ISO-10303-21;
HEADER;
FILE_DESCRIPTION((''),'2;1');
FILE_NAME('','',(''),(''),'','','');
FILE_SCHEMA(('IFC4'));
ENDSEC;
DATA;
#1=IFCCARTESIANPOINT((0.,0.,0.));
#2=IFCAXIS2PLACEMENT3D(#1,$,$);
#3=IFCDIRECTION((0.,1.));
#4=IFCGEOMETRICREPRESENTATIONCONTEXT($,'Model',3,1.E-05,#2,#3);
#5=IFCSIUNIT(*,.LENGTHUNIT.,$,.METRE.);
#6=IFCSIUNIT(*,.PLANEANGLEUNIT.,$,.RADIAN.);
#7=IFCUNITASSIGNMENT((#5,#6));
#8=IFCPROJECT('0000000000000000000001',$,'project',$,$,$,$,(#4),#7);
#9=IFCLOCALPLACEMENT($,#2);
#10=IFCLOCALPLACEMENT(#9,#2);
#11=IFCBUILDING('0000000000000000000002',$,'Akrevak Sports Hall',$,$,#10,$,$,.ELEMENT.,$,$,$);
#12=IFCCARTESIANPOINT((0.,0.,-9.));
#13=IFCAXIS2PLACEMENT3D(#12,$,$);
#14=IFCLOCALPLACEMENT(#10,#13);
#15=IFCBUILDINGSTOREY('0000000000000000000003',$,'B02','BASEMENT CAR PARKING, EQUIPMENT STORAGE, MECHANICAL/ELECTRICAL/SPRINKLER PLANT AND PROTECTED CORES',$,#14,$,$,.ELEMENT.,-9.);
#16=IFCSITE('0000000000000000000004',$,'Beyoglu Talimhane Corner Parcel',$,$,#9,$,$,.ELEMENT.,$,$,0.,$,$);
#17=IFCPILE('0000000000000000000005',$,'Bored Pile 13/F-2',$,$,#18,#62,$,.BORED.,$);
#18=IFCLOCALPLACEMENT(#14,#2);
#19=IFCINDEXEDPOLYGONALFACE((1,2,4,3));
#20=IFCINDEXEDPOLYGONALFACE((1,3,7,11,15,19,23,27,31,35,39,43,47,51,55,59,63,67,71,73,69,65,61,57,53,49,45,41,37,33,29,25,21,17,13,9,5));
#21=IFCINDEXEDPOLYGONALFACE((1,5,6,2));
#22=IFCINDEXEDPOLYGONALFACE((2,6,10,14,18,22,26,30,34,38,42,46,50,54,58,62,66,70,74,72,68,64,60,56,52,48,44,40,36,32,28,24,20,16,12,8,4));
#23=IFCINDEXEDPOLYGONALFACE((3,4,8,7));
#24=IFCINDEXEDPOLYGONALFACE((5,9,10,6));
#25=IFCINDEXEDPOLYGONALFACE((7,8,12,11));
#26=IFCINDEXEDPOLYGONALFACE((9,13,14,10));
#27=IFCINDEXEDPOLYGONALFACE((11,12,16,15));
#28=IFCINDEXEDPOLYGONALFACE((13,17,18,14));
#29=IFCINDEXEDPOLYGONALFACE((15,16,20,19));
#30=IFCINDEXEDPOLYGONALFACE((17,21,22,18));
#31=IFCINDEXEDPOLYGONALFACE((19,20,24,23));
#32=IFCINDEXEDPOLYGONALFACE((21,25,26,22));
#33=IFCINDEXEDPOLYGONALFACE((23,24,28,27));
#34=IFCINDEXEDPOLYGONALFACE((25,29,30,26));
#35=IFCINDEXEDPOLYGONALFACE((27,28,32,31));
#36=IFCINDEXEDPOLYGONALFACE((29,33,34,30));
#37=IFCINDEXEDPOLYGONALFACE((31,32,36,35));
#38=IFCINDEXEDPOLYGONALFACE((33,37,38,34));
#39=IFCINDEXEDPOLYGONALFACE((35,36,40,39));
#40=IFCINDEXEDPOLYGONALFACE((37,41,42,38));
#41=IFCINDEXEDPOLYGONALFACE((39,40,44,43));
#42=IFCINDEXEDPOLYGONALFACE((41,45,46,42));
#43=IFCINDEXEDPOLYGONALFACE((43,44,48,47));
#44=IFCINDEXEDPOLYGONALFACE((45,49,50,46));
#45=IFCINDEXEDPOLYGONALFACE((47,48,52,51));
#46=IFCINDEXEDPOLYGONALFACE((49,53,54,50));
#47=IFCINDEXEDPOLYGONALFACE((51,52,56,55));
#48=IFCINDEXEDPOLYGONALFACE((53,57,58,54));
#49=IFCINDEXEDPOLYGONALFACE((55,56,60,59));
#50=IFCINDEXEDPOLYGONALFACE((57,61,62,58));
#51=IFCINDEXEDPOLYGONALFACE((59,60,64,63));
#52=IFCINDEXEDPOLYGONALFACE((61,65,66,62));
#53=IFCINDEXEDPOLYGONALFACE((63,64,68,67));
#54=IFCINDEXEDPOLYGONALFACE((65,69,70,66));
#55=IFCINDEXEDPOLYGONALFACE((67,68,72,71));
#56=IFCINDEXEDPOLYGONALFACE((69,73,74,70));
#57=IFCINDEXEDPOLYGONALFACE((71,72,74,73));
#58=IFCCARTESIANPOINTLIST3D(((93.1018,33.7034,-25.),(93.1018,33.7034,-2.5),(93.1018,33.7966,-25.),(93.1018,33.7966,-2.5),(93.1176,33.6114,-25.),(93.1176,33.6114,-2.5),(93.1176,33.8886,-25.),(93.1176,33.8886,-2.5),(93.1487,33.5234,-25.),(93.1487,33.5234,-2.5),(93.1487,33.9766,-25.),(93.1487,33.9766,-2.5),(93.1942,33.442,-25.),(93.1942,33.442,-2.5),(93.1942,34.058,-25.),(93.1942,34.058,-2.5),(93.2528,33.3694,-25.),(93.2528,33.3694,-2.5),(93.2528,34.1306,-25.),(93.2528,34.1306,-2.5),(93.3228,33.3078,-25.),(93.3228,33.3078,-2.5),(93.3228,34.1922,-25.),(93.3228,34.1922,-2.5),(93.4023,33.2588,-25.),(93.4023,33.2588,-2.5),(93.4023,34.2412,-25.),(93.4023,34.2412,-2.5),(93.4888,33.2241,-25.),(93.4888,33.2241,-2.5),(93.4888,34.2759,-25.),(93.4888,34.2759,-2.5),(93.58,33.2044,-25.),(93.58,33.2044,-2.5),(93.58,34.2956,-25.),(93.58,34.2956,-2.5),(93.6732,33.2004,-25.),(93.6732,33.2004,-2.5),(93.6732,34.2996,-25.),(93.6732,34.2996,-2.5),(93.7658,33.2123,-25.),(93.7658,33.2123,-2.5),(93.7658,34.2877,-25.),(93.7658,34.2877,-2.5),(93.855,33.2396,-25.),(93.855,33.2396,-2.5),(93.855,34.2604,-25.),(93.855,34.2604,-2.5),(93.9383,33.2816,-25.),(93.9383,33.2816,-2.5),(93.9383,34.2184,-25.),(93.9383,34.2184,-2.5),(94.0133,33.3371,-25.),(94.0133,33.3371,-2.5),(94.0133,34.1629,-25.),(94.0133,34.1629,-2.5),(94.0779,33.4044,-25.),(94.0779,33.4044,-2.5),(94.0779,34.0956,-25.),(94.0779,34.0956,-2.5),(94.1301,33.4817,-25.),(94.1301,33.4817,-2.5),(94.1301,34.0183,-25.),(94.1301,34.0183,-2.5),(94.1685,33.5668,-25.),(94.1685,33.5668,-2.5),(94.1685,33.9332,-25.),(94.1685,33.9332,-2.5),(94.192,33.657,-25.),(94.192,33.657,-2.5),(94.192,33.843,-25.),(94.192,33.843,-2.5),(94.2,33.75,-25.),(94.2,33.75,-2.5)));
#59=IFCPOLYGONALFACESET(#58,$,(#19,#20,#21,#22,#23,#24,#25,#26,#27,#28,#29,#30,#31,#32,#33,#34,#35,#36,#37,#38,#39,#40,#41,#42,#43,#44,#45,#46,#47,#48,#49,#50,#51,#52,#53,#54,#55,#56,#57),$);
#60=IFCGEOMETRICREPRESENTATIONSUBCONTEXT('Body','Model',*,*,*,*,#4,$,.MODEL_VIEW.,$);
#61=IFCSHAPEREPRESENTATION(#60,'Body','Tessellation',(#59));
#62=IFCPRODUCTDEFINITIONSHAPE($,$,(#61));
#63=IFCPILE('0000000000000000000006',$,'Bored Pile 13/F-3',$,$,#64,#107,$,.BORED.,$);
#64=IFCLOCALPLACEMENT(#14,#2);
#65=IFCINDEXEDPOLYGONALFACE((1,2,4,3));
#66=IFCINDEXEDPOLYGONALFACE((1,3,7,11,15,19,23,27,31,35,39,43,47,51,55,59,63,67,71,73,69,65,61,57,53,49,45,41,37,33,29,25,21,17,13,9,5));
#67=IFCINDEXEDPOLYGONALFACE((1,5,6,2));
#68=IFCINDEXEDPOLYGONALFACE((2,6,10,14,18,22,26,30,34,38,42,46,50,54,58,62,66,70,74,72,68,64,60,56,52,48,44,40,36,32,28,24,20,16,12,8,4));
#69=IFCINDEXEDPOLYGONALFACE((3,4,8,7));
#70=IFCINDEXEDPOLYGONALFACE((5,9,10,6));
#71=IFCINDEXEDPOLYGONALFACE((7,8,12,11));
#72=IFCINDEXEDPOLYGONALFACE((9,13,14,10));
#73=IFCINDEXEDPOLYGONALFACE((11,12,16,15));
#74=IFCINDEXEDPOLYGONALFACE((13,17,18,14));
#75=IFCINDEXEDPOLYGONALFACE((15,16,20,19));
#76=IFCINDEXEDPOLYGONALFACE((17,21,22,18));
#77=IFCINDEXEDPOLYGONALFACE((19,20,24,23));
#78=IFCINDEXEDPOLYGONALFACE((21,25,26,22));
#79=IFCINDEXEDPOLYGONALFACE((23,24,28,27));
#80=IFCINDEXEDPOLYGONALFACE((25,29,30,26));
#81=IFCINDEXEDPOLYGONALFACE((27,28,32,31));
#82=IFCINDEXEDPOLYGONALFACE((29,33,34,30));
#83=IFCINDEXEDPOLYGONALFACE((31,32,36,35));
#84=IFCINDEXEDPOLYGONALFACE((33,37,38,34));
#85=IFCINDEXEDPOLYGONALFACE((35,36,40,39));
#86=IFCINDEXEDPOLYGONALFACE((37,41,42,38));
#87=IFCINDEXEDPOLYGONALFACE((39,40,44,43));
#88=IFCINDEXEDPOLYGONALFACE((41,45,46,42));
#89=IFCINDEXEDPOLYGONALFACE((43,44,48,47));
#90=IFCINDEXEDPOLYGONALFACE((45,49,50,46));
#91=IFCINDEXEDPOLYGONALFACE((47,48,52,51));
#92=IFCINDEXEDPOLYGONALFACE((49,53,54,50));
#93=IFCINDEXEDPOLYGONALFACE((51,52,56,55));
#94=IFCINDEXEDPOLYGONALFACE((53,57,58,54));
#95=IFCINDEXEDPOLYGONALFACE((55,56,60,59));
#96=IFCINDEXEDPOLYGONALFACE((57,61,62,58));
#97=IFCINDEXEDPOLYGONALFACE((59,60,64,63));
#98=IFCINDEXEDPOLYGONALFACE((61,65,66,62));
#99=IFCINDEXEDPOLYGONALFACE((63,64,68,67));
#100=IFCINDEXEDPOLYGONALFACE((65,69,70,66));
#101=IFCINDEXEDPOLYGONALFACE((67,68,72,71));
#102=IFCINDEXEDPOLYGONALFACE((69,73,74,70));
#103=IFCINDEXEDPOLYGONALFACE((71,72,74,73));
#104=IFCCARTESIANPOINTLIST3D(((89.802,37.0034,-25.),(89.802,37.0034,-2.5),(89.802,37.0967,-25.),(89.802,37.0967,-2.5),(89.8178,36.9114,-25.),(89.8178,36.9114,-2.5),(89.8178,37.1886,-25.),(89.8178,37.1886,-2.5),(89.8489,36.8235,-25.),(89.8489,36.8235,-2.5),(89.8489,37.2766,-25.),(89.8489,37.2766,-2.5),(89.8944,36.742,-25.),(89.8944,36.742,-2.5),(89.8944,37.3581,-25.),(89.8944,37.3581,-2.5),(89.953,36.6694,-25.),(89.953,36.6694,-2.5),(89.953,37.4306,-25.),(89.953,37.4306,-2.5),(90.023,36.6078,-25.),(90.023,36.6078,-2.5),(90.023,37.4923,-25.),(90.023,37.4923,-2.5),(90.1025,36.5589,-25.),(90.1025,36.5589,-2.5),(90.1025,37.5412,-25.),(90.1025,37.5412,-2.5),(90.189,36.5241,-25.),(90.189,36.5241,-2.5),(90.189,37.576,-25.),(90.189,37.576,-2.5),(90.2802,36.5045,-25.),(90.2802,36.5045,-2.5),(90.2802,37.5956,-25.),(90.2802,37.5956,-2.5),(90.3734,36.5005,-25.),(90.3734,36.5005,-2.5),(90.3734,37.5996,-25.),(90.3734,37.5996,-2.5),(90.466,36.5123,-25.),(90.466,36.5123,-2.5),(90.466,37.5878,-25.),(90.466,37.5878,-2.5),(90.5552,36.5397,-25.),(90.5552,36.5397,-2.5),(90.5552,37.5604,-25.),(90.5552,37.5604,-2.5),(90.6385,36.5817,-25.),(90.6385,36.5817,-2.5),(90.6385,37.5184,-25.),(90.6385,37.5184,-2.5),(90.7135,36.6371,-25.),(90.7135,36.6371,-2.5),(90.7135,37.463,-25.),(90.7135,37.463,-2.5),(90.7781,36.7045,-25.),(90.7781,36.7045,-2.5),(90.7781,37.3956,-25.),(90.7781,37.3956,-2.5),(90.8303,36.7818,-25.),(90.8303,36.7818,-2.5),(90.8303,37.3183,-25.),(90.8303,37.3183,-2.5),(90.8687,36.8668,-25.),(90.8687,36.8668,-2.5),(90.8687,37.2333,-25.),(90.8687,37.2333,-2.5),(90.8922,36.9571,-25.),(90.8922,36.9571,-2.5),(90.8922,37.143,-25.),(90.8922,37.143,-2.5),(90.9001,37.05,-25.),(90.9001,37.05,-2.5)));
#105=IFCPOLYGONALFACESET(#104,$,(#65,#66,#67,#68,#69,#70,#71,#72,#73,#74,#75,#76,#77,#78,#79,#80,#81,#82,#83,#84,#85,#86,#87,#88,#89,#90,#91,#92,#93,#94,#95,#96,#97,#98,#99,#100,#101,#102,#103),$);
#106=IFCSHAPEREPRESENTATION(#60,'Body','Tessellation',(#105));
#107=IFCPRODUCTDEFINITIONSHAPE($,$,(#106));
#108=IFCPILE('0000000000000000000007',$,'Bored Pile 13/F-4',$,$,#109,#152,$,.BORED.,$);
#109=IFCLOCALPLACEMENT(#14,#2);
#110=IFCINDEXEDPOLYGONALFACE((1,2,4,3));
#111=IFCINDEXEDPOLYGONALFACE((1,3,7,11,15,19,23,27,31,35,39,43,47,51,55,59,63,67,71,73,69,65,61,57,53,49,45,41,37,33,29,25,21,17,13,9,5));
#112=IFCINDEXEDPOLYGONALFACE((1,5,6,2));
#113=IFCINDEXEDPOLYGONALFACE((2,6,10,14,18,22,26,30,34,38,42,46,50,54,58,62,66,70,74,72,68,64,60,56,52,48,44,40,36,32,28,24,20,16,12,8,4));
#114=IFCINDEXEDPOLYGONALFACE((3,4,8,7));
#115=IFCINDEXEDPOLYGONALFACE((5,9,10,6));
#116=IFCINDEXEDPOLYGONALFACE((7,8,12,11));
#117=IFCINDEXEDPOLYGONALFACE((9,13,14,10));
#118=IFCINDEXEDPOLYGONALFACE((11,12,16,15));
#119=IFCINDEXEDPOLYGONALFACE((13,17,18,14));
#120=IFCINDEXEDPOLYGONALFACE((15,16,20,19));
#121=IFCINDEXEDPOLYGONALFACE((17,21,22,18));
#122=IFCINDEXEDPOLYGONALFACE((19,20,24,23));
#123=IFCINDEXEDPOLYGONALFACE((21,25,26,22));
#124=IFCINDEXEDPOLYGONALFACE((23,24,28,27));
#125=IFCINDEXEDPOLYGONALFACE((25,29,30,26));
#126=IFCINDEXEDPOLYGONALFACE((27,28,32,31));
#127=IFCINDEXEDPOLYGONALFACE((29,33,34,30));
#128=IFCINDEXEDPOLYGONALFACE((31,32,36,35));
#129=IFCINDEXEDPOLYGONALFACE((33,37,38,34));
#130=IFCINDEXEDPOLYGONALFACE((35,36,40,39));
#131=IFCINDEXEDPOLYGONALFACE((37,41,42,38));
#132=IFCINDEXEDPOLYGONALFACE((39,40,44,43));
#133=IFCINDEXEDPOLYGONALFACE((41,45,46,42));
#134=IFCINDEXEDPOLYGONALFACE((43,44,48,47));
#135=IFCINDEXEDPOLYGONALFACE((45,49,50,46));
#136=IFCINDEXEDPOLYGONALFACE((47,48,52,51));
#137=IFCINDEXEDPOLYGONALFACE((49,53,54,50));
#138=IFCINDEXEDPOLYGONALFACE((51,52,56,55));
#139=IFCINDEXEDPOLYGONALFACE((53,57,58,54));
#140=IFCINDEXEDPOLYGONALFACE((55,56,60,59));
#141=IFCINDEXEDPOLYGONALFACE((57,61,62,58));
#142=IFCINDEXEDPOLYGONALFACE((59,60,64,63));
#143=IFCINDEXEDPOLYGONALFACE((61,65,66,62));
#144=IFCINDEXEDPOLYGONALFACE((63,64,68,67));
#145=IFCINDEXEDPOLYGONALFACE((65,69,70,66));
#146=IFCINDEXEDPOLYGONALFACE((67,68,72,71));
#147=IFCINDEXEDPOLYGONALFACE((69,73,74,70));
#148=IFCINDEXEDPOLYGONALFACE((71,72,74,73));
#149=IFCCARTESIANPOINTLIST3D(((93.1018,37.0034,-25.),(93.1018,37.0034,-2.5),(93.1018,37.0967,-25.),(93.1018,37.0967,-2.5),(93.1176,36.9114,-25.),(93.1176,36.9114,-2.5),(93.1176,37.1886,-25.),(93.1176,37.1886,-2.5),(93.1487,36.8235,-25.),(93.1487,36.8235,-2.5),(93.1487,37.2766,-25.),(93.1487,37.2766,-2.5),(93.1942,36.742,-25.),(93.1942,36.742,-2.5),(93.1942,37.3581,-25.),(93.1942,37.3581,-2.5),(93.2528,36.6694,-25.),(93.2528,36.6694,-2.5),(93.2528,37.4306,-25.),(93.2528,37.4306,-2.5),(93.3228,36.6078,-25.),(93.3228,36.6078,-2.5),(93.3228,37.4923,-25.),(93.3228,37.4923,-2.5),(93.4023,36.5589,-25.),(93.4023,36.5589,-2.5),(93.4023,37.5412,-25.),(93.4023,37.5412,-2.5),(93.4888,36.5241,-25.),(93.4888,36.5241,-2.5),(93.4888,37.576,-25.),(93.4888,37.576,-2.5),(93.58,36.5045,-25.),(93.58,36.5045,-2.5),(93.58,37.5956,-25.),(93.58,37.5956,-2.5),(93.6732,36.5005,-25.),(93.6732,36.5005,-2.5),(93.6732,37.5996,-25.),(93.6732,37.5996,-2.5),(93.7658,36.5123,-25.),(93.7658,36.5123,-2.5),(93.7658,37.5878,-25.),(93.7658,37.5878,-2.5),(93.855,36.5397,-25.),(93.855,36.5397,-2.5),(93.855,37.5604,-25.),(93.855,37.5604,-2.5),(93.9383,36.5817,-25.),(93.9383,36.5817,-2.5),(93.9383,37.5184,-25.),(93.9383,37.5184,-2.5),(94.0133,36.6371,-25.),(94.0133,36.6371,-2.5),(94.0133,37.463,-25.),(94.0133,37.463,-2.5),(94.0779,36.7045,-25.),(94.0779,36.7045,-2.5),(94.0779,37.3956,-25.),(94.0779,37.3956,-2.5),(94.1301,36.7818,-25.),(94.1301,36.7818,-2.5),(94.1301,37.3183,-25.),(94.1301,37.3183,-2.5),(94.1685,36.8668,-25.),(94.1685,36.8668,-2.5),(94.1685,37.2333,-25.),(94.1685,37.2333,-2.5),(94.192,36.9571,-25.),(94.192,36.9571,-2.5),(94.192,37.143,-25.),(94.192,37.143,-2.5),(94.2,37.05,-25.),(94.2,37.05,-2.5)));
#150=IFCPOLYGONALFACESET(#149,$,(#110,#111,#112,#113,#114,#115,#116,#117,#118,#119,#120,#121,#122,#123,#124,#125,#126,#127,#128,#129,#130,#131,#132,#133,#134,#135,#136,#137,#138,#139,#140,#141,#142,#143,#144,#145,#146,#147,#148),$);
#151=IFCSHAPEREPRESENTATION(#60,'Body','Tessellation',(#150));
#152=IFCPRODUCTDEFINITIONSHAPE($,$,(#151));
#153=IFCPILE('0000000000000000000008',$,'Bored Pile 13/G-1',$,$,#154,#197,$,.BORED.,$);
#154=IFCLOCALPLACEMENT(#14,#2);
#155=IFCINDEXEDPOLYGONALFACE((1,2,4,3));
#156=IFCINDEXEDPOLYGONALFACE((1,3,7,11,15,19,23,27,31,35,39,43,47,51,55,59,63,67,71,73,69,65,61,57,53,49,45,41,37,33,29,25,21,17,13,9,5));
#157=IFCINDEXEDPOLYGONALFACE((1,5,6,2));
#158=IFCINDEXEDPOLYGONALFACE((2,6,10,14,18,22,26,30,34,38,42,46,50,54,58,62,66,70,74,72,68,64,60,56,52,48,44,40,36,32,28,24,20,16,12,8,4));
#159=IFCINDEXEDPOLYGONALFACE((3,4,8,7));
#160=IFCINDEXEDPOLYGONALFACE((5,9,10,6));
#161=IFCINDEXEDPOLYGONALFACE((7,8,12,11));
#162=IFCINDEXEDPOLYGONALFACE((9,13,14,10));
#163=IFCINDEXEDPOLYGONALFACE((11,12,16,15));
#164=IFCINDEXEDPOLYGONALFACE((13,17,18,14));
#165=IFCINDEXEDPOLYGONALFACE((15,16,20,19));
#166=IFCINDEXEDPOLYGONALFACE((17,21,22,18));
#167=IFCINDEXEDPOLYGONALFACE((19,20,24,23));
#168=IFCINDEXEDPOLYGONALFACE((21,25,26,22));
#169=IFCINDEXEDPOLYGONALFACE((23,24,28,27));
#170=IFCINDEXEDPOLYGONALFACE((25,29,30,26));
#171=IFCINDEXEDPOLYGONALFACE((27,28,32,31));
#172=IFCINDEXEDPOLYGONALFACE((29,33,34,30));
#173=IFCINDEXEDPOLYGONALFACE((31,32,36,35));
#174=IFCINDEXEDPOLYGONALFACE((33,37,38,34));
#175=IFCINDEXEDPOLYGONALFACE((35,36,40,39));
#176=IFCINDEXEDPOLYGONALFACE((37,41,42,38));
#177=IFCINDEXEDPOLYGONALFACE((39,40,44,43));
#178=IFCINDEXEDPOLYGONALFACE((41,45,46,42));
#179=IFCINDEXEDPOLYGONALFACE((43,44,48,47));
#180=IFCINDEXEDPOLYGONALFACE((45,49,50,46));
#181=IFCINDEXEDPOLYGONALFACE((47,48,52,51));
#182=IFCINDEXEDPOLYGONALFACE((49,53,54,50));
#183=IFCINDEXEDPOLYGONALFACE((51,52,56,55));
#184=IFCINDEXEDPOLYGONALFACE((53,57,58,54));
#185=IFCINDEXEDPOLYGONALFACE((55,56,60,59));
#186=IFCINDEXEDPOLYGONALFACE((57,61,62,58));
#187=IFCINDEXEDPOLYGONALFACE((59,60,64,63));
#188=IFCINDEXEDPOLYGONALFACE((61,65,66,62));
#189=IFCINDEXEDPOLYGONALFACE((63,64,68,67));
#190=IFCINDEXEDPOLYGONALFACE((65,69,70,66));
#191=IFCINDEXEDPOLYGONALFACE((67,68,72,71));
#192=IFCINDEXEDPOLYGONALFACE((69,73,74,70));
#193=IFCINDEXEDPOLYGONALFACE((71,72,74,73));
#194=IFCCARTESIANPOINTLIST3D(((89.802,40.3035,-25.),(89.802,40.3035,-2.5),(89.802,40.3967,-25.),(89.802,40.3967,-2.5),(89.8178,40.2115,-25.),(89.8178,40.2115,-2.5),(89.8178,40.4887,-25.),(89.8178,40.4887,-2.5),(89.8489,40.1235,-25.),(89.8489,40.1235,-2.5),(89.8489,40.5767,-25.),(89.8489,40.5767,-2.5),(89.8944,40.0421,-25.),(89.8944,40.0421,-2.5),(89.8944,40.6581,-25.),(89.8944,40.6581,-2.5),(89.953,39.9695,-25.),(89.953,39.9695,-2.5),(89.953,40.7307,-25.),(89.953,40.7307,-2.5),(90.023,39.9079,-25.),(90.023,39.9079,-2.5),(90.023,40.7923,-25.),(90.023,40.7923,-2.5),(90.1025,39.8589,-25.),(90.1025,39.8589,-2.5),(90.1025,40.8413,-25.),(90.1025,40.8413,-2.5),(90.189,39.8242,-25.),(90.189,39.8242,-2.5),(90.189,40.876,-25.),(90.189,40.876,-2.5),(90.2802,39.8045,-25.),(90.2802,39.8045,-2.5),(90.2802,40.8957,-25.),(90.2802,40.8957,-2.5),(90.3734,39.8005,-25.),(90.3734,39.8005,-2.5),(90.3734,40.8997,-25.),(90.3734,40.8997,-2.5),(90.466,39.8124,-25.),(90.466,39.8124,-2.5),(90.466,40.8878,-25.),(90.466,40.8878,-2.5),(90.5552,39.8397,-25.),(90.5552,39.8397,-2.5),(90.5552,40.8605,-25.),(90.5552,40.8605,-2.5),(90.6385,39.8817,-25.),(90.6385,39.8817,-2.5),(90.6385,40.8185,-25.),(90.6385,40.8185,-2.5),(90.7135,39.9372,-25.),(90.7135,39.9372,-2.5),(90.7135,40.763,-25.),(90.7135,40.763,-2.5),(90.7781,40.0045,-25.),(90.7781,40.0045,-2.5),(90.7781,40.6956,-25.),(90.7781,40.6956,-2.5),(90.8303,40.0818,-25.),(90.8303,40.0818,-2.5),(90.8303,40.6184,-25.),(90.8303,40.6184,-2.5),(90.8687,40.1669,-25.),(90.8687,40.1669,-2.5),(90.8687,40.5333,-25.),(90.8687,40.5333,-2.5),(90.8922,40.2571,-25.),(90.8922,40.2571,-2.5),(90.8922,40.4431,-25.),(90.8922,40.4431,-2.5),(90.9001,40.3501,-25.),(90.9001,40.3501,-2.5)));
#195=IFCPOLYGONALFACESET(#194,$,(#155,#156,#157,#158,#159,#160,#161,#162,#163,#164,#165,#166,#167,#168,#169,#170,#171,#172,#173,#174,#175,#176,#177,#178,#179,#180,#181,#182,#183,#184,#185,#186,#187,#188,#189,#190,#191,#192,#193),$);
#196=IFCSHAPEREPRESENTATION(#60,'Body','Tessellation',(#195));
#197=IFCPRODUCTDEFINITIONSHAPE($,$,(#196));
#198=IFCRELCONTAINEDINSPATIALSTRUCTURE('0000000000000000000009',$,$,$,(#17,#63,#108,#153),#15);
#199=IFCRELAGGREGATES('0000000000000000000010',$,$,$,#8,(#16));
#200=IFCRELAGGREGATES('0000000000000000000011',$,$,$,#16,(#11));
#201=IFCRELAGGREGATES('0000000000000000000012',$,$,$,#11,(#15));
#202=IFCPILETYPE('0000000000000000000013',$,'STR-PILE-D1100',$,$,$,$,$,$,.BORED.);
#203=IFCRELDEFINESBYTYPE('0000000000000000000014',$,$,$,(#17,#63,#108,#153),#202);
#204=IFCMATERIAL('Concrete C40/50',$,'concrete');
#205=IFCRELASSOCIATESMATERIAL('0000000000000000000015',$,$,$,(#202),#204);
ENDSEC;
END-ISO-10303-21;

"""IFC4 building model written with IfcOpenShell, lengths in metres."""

from ifc_helpers import new_model, si_unit, direction, frame, origin, origin_2d, place, context, subcontext, project, spatial, circle, extrude, material, material_profile, profile_set, type_object, element, save


model = new_model("IFC4")

# Units and contexts
model_context = context("Model", 3, precision=1e-05, world=origin(), true_north=direction((0.0, 1.0)))
body_context = subcontext(model_context, "Body", "Model", "MODEL_VIEW")
ifc_project = project(units=[si_unit("LENGTHUNIT", "METRE"), si_unit("PLANEANGLEUNIT", "RADIAN")], contexts=[model_context])

# Site, building, storey
site_placement = place(None, origin())
site = spatial("IfcSite", under=ifc_project, at=site_placement, Name="Beyoglu Talimhane Corner Parcel", CompositionType="ELEMENT", RefElevation=0.0)
building_placement = place(site_placement, origin())
building = spatial("IfcBuilding", under=site, at=building_placement, Name="Akrevak Sports Hall", CompositionType="ELEMENT")
storey_placement = place(building_placement, frame((0.0, 0.0, -9.0)))
storey = spatial("IfcBuildingStorey", under=building, at=storey_placement, Name="B02", Description="BASEMENT CAR PARKING, EQUIPMENT STORAGE, MECHANICAL/ELECTRICAL/SPRINKLER PLANT AND PROTECTED CORES", CompositionType="ELEMENT", Elevation=-9.0)

# Shared definitions
ifc_material_1 = material(Name="Concrete C40/50", Category="concrete")

# Piles
ifc_material_profile_1 = material_profile(ifc_material_1, circle(Radius=0.55, at=origin_2d()), Name="BORED PILE D1100", Category="concrete")
ifc_profile_set_1 = profile_set([ifc_material_profile_1], Name="Concrete C40/50")
pile_type = type_object("IfcPileType", Name="STR-PILE-D1100", PredefinedType="BORED", material=ifc_profile_set_1)
for number, where, z_axis, x_axis, name in (
    (1, (93.6499, 33.75, -2.5), (0.0, 0.0, -1.0), (1.0, 0.0, 0.0), "Bored Pile 13/F-2"),
    (2, (90.3501, 37.05, -2.5), (0.0, 0.0, -1.0), (1.0, 0.0, 0.0), "Bored Pile 13/F-3"),
    (3, (93.6499, 37.05, -2.5), (0.0, 0.0, -1.0), (1.0, 0.0, 0.0), "Bored Pile 13/F-4"),
    (4, (90.3501, 40.3501, -2.5), (0.0, 0.0, -1.0), (1.0, 0.0, 0.0), "Bored Pile 13/G-1"),
):
    element("IfcPile", number, at=place(storey_placement, frame(where, z_axis=z_axis, x_axis=x_axis)), inside=storey, type_object=pile_type, Name=name, PredefinedType="BORED", context=body_context, shape_type="SweptSolid", body=[
        extrude(circle(Radius=0.55, at=origin_2d()), origin(), (0.0, 0.0, 1.0), 22.5),
    ])

save(model, "model.ifc")
